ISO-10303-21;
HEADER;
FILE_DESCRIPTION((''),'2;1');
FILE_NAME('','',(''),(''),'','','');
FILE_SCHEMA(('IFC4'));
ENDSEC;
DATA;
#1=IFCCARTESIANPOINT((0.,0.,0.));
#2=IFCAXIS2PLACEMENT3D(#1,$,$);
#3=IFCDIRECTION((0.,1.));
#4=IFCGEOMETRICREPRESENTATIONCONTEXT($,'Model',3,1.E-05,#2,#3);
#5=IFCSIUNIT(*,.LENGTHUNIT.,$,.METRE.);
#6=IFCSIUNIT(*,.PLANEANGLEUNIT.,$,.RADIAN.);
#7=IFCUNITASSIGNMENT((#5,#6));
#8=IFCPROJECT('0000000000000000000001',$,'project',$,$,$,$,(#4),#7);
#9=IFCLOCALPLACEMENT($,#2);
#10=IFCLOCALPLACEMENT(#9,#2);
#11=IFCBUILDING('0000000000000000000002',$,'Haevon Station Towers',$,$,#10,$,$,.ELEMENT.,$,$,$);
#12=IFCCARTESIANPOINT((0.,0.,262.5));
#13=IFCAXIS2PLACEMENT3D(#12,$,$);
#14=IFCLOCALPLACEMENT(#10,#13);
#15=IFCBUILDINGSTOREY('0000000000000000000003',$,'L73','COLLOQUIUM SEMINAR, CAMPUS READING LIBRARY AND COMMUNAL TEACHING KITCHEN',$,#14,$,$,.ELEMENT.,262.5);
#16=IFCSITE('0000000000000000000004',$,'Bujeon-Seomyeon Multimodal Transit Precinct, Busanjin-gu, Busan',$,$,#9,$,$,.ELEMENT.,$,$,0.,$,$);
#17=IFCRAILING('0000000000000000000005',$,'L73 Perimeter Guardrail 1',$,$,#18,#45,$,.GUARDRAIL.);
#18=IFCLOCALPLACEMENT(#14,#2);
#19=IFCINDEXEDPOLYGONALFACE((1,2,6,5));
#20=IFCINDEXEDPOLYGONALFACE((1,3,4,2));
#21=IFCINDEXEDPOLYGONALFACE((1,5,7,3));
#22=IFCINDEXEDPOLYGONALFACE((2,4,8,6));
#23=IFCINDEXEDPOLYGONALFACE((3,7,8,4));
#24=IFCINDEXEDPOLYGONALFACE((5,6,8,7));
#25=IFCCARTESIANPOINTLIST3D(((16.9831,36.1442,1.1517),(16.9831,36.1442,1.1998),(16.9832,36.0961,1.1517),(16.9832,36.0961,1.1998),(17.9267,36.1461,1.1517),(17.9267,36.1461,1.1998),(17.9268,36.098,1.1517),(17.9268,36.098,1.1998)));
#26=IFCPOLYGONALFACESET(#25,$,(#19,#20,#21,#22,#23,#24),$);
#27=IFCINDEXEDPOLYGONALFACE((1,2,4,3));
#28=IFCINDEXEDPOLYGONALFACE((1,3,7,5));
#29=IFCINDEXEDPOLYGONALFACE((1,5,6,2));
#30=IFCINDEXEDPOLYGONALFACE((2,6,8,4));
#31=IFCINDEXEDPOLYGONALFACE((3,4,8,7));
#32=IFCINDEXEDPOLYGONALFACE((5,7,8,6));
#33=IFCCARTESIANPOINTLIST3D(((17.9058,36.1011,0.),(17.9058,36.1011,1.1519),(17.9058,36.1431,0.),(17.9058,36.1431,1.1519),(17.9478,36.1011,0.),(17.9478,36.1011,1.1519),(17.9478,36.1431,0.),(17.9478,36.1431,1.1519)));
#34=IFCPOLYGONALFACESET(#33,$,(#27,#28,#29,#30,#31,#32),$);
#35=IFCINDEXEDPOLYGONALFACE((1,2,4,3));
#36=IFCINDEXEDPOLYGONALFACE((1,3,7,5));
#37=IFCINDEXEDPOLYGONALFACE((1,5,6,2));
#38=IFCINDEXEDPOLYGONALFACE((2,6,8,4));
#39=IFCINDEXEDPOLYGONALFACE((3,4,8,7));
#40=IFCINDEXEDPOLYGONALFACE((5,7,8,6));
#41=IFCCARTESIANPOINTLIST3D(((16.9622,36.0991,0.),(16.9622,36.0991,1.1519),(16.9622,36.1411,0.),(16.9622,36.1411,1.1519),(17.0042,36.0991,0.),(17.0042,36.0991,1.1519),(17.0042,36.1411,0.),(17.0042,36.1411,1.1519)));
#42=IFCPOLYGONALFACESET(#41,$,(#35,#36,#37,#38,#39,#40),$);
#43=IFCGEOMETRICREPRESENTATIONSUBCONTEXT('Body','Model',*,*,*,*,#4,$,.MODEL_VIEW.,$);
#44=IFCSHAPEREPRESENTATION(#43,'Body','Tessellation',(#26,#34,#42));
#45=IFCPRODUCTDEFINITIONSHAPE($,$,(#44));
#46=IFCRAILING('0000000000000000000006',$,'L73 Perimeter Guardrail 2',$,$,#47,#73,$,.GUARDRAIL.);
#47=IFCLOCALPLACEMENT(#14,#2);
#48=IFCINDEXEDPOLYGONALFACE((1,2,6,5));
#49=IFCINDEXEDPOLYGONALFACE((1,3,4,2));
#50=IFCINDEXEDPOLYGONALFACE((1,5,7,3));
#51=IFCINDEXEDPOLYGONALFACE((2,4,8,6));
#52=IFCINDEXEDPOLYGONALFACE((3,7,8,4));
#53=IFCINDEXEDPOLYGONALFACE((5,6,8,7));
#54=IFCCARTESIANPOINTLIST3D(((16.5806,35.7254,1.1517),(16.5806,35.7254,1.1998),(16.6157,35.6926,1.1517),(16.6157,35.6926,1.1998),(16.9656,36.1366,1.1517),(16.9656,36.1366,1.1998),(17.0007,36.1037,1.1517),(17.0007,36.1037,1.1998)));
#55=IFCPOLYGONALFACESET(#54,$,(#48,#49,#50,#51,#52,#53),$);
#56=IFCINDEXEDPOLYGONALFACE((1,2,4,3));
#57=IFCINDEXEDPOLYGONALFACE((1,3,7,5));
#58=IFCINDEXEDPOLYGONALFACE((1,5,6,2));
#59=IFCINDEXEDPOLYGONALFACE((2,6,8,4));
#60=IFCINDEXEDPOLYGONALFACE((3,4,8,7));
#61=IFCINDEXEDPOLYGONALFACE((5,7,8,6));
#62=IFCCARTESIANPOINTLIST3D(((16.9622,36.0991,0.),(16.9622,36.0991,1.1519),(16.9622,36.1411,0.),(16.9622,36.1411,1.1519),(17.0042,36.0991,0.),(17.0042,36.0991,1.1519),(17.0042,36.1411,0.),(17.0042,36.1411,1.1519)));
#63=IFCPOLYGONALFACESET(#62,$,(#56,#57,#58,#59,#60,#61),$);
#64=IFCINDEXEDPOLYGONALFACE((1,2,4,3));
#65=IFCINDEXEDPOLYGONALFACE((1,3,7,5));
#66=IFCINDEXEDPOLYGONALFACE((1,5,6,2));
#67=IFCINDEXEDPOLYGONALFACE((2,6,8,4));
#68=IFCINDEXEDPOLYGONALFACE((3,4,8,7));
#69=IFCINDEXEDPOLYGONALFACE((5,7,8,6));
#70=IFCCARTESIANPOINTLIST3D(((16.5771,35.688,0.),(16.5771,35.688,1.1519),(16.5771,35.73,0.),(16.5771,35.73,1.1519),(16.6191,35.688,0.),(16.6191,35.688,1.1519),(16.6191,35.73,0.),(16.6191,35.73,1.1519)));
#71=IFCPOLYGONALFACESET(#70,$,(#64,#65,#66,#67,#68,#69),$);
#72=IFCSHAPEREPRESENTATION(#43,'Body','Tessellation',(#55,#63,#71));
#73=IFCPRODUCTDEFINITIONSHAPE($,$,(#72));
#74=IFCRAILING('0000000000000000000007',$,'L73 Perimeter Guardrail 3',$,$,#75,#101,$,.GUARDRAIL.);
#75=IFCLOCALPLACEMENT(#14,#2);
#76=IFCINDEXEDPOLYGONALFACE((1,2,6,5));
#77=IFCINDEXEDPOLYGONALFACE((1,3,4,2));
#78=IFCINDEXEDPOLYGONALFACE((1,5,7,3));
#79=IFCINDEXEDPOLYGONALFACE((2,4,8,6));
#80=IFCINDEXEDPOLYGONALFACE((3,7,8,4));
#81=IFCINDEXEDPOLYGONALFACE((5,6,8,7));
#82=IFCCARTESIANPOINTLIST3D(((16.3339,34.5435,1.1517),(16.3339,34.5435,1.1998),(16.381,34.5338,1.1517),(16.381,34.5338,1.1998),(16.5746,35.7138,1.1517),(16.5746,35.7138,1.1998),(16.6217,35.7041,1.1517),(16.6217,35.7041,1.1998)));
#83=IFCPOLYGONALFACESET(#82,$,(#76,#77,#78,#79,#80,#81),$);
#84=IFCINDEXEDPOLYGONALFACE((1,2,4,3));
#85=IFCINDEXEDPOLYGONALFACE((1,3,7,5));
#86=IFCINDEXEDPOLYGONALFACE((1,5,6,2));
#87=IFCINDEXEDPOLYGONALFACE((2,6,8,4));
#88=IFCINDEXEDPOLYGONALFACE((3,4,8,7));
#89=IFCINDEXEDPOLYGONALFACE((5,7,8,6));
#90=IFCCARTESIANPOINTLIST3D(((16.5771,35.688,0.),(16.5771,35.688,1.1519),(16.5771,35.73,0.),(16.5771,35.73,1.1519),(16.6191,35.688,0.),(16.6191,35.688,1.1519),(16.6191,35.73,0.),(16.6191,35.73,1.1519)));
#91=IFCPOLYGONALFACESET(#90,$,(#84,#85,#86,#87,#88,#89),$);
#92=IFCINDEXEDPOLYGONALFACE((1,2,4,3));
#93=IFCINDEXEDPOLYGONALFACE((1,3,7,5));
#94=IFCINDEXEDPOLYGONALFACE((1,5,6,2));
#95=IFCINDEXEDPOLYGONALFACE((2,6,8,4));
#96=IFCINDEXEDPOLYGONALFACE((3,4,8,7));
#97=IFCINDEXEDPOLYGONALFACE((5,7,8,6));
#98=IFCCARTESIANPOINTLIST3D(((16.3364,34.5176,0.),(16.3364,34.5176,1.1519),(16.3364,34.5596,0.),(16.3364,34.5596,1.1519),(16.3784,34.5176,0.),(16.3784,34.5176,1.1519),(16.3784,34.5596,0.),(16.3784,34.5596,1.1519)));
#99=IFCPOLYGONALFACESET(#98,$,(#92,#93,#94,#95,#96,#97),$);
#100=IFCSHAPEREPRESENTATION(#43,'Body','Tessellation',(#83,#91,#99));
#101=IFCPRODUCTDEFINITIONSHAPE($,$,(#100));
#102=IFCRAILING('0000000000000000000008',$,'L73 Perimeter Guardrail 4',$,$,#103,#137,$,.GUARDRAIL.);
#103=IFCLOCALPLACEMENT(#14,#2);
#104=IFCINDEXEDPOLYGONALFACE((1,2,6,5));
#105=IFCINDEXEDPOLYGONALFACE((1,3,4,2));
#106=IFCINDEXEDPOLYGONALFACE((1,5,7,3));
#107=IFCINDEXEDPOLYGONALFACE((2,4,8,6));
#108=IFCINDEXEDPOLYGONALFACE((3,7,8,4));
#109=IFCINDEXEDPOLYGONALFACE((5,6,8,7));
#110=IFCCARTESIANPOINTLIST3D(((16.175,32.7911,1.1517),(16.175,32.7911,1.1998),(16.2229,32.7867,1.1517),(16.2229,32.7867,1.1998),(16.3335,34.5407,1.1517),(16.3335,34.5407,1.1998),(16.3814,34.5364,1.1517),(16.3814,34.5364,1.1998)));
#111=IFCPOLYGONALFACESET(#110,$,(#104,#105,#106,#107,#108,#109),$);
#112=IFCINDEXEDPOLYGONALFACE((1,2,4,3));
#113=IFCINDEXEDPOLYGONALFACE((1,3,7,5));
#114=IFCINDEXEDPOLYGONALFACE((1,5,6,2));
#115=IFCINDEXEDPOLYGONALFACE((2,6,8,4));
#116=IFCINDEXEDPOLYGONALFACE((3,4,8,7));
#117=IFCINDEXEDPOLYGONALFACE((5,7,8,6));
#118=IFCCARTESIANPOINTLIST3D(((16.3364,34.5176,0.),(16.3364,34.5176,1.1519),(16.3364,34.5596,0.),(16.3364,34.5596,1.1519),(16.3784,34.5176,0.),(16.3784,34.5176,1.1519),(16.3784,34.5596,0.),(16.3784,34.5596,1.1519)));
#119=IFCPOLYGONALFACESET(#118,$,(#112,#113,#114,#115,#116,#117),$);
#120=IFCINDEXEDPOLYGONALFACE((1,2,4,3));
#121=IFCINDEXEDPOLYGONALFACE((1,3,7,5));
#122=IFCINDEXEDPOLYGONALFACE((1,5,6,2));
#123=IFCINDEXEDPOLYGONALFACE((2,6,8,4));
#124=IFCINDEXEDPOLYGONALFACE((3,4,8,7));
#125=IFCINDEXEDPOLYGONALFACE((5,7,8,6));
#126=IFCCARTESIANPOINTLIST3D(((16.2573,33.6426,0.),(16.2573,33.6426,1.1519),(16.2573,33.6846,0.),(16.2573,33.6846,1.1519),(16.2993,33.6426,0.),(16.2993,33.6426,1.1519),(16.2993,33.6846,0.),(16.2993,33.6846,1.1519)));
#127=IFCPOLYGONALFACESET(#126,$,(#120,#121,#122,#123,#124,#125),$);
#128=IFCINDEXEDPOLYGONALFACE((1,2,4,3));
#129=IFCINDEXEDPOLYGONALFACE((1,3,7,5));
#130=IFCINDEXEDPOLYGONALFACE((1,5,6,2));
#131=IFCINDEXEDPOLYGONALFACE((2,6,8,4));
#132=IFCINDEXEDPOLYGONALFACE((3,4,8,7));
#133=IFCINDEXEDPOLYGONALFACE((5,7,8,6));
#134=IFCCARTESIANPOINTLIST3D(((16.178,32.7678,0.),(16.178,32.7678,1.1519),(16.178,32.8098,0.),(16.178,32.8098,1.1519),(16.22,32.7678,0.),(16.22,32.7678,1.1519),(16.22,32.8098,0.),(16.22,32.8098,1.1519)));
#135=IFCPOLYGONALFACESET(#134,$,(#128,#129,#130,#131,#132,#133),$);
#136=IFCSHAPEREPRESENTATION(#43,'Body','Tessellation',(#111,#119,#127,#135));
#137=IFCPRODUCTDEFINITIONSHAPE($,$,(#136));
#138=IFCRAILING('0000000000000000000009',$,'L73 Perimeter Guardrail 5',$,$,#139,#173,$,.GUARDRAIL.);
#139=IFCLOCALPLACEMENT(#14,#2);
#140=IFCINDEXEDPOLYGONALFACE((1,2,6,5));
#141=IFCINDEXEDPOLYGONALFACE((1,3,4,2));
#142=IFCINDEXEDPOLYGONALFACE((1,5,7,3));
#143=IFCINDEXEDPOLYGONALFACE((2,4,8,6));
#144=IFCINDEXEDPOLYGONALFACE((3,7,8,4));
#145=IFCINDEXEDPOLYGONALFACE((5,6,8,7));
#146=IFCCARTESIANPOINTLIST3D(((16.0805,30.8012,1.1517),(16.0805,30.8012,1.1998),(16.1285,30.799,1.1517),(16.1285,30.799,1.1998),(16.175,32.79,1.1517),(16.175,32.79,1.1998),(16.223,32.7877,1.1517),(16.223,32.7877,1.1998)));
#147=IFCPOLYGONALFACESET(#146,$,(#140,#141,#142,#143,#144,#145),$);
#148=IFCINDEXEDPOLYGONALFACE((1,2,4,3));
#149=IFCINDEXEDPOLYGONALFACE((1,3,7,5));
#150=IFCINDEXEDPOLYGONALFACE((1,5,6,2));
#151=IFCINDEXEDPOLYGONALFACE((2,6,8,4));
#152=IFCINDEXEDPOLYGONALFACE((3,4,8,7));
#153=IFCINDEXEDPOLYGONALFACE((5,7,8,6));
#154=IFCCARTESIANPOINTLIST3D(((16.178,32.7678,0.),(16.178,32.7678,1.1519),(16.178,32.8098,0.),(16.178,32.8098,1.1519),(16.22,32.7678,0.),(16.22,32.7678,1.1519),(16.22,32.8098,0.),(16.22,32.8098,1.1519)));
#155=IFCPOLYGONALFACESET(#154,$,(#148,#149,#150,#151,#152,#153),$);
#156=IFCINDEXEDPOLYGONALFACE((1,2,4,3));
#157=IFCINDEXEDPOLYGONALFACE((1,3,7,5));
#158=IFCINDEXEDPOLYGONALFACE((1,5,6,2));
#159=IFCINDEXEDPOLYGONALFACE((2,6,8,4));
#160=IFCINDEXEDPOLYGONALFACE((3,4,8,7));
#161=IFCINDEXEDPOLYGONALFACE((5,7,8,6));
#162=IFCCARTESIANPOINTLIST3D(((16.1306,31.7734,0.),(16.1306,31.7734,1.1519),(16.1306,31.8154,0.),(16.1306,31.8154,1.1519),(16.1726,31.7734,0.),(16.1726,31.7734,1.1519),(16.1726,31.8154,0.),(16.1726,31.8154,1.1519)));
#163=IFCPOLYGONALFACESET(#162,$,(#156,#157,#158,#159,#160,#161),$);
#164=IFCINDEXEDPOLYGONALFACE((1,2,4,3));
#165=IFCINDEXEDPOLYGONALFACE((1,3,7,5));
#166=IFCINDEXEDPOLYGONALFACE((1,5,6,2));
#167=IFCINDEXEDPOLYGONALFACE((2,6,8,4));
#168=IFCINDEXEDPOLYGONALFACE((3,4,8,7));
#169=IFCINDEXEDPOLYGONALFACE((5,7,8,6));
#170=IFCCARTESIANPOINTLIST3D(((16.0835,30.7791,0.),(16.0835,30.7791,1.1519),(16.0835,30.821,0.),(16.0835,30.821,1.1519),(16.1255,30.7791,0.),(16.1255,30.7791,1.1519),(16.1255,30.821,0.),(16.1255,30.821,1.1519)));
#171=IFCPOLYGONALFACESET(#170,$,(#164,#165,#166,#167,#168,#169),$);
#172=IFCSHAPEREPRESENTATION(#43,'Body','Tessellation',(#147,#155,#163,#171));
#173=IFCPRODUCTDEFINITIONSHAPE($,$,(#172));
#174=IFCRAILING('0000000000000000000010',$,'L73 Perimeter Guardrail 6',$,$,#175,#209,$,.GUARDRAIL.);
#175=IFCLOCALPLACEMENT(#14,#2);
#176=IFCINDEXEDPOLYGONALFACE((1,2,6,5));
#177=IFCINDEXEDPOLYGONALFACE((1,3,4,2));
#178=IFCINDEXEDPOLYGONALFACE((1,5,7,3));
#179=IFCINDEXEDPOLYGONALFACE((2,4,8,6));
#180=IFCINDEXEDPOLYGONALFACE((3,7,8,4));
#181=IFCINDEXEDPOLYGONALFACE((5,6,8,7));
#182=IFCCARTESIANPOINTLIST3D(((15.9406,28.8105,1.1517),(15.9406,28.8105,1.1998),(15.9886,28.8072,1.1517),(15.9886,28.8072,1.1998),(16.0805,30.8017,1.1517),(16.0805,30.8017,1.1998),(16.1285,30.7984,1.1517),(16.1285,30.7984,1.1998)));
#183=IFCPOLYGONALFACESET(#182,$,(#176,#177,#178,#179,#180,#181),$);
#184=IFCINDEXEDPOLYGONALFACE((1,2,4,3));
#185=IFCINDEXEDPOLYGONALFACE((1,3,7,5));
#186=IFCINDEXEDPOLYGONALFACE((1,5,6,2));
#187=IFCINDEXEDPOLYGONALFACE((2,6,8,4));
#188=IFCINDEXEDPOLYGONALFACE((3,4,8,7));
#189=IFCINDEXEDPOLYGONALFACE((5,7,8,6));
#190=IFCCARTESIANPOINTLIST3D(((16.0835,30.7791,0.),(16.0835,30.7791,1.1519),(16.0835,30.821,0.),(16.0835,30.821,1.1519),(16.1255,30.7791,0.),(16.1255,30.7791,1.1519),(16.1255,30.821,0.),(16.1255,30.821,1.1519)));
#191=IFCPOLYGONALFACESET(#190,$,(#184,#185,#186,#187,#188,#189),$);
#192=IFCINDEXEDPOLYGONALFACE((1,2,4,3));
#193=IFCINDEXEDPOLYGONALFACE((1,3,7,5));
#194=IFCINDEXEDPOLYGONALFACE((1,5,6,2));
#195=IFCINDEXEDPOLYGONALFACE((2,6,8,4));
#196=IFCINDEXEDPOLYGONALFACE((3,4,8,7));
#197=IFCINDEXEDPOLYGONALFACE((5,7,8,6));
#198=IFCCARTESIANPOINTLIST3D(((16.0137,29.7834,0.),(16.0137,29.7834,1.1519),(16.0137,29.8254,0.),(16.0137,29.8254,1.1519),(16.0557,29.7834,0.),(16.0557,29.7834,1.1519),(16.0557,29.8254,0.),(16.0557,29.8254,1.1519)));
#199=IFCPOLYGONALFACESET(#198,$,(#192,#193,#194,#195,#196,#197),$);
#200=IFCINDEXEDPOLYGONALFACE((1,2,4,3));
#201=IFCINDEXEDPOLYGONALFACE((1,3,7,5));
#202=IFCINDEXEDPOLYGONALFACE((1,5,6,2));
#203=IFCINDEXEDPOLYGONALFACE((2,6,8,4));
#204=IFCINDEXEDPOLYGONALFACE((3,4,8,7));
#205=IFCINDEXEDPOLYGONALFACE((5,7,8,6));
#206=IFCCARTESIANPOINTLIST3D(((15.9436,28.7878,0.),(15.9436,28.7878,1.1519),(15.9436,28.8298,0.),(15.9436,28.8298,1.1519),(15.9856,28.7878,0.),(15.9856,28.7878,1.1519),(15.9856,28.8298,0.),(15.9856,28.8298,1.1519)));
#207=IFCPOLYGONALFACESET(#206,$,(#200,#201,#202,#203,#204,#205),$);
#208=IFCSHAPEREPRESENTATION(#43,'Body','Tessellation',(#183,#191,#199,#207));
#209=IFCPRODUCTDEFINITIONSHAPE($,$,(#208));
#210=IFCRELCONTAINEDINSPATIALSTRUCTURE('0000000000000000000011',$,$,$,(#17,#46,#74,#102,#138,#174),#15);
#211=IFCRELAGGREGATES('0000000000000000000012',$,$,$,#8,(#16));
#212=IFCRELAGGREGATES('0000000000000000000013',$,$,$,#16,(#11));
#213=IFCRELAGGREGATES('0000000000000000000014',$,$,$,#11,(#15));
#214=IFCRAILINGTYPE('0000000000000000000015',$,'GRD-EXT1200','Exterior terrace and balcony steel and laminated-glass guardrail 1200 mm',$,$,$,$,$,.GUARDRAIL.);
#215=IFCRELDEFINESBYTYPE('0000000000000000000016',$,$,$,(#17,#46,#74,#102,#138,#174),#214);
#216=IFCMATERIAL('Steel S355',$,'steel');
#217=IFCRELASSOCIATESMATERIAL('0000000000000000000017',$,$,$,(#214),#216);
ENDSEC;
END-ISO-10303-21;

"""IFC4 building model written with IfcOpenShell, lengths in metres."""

from ifc_helpers import new_model, si_unit, direction, frame, origin, origin_2d, place, context, subcontext, project, spatial, rectangle, extrude, material, type_object, element, save


model = new_model("IFC4")

# Units and contexts
model_context = context("Model", 3, precision=1e-05, world=origin(), true_north=direction((0.0, 1.0)))
body_context = subcontext(model_context, "Body", "Model", "MODEL_VIEW")
ifc_project = project(units=[si_unit("LENGTHUNIT", "METRE"), si_unit("PLANEANGLEUNIT", "RADIAN")], contexts=[model_context])

# Site, building, storey
site_placement = place(None, origin())
site = spatial("IfcSite", under=ifc_project, at=site_placement, Name="Bujeon-Seomyeon Multimodal Transit Precinct, Busanjin-gu, Busan", CompositionType="ELEMENT", RefElevation=0.0)
building_placement = place(site_placement, origin())
building = spatial("IfcBuilding", under=site, at=building_placement, Name="Haevon Station Towers", CompositionType="ELEMENT")
storey_placement = place(building_placement, frame((0.0, 0.0, 262.5)))
storey = spatial("IfcBuildingStorey", under=building, at=storey_placement, Name="L73", Description="COLLOQUIUM SEMINAR, CAMPUS READING LIBRARY AND COMMUNAL TEACHING KITCHEN", CompositionType="ELEMENT", Elevation=262.5)

# Shared definitions
ifc_material_1 = material(Name="Steel S355", Category="steel")

# Railings
railing_type = type_object("IfcRailingType", Name="GRD-EXT1200", Description="Exterior terrace and balcony steel and laminated-glass guardrail 1200 mm", PredefinedType="GUARDRAIL", material=ifc_material_1)
railing_1_placement = place(storey_placement, frame((17.9268, 36.1221, 0.0)))
element("IfcRailing", 1, at=railing_1_placement, inside=storey, type_object=railing_type, Name="L73 Perimeter Guardrail 1", PredefinedType="GUARDRAIL", context=body_context, shape_type="SweptSolid", body=[
    extrude(rectangle(XDim=0.0481, YDim=0.0481, at=origin_2d()), frame((0.0, 0.0, 1.1758), z_axis=(-0.999998, -0.00207, 0.0), x_axis=(0.00207, -0.999998, 0.0)), (0.0, 0.0, 1.0), 0.9436),
    extrude(rectangle(XDim=0.042, YDim=0.042, at=origin_2d()), origin(), (0.0, 0.0, 1.0), 1.1519),
    extrude(rectangle(XDim=0.042, YDim=0.042, at=origin_2d()), frame((-0.9436, -0.002, 0.0)), (0.0, 0.0, 1.0), 1.1519),
])
railing_2_placement = place(storey_placement, frame((16.9832, 36.1201, 0.0)))
element("IfcRailing", 2, at=railing_2_placement, inside=storey, type_object=railing_type, Name="L73 Perimeter Guardrail 2", PredefinedType="GUARDRAIL", context=body_context, shape_type="SweptSolid", body=[
    extrude(rectangle(XDim=0.0481, YDim=0.0481, at=origin_2d()), frame((0.0, 0.0, 1.1758), z_axis=(-0.683537, -0.729916, 0.0), x_axis=(0.729916, -0.683537, 0.0)), (0.0, 0.0, 1.0), 0.5632),
    extrude(rectangle(XDim=0.042, YDim=0.042, at=origin_2d()), origin(), (0.0, 0.0, 1.0), 1.1519),
    extrude(rectangle(XDim=0.042, YDim=0.042, at=origin_2d()), frame((-0.385, -0.4111, 0.0)), (0.0, 0.0, 1.0), 1.1519),
])
railing_3_placement = place(storey_placement, frame((16.5981, 35.709, 0.0)))
element("IfcRailing", 3, at=railing_3_placement, inside=storey, type_object=railing_type, Name="L73 Perimeter Guardrail 3", PredefinedType="GUARDRAIL", context=body_context, shape_type="SweptSolid", body=[
    extrude(rectangle(XDim=0.0481, YDim=0.0481, at=origin_2d()), frame((0.0, 0.0, 1.1758), z_axis=(-0.201457, -0.979497, 0.0), x_axis=(0.979497, -0.201457, 0.0)), (0.0, 0.0, 1.0), 1.1948),
    extrude(rectangle(XDim=0.042, YDim=0.042, at=origin_2d()), origin(), (0.0, 0.0, 1.0), 1.1519),
    extrude(rectangle(XDim=0.042, YDim=0.042, at=origin_2d()), frame((-0.2407, -1.1704, 0.0)), (0.0, 0.0, 1.0), 1.1519),
])
railing_4_placement = place(storey_placement, frame((16.3574, 34.5386, 0.0)))
element("IfcRailing", 4, at=railing_4_placement, inside=storey, type_object=railing_type, Name="L73 Perimeter Guardrail 4", PredefinedType="GUARDRAIL", context=body_context, shape_type="SweptSolid", body=[
    extrude(rectangle(XDim=0.0481, YDim=0.0481, at=origin_2d()), frame((0.0, 0.0, 1.1758), z_axis=(-0.090185, -0.995925, 0.0), x_axis=(0.995925, -0.090185, 0.0)), (0.0, 0.0, 1.0), 1.7568),
    extrude(rectangle(XDim=0.042, YDim=0.042, at=origin_2d()), origin(), (0.0, 0.0, 1.0), 1.1519),
    extrude(rectangle(XDim=0.042, YDim=0.042, at=origin_2d()), frame((-0.0791, -0.875, 0.0)), (0.0, 0.0, 1.0), 1.1519),
    extrude(rectangle(XDim=0.042, YDim=0.042, at=origin_2d()), frame((-0.1584, -1.7498, 0.0)), (0.0, 0.0, 1.0), 1.1519),
])
railing_5_placement = place(storey_placement, frame((16.199, 32.7888, 0.0)))
element("IfcRailing", 5, at=railing_5_placement, inside=storey, type_object=railing_type, Name="L73 Perimeter Guardrail 5", PredefinedType="GUARDRAIL", context=body_context, shape_type="SweptSolid", body=[
    extrude(rectangle(XDim=0.0481, YDim=0.0481, at=origin_2d()), frame((0.0, 0.0, 1.1758), z_axis=(-0.047454, -0.998873, 0.0), x_axis=(0.998873, -0.047454, 0.0)), (0.0, 0.0, 1.0), 1.991),
    extrude(rectangle(XDim=0.042, YDim=0.042, at=origin_2d()), origin(), (0.0, 0.0, 1.0), 1.1519),
    extrude(rectangle(XDim=0.042, YDim=0.042, at=origin_2d()), frame((-0.0474, -0.9944, 0.0)), (0.0, 0.0, 1.0), 1.1519),
    extrude(rectangle(XDim=0.042, YDim=0.042, at=origin_2d()), frame((-0.0945, -1.9888, 0.0)), (0.0, 0.0, 1.0), 1.1519),
])
railing_6_placement = place(storey_placement, frame((16.1045, 30.8, 0.0)))
element("IfcRailing", 6, at=railing_6_placement, inside=storey, type_object=railing_type, Name="L73 Perimeter Guardrail 6", PredefinedType="GUARDRAIL", context=body_context, shape_type="SweptSolid", body=[
    extrude(rectangle(XDim=0.0481, YDim=0.0481, at=origin_2d()), frame((0.0, 0.0, 1.1758), z_axis=(-0.070082, -0.997541, 0.0), x_axis=(0.997541, -0.070082, 0.0)), (0.0, 0.0, 1.0), 1.9961),
    extrude(rectangle(XDim=0.042, YDim=0.042, at=origin_2d()), origin(), (0.0, 0.0, 1.0), 1.1519),
    extrude(rectangle(XDim=0.042, YDim=0.042, at=origin_2d()), frame((-0.0698, -0.9956, 0.0)), (0.0, 0.0, 1.0), 1.1519),
    extrude(rectangle(XDim=0.042, YDim=0.042, at=origin_2d()), frame((-0.1399, -1.9912, 0.0)), (0.0, 0.0, 1.0), 1.1519),
])

save(model, "model.ifc")
